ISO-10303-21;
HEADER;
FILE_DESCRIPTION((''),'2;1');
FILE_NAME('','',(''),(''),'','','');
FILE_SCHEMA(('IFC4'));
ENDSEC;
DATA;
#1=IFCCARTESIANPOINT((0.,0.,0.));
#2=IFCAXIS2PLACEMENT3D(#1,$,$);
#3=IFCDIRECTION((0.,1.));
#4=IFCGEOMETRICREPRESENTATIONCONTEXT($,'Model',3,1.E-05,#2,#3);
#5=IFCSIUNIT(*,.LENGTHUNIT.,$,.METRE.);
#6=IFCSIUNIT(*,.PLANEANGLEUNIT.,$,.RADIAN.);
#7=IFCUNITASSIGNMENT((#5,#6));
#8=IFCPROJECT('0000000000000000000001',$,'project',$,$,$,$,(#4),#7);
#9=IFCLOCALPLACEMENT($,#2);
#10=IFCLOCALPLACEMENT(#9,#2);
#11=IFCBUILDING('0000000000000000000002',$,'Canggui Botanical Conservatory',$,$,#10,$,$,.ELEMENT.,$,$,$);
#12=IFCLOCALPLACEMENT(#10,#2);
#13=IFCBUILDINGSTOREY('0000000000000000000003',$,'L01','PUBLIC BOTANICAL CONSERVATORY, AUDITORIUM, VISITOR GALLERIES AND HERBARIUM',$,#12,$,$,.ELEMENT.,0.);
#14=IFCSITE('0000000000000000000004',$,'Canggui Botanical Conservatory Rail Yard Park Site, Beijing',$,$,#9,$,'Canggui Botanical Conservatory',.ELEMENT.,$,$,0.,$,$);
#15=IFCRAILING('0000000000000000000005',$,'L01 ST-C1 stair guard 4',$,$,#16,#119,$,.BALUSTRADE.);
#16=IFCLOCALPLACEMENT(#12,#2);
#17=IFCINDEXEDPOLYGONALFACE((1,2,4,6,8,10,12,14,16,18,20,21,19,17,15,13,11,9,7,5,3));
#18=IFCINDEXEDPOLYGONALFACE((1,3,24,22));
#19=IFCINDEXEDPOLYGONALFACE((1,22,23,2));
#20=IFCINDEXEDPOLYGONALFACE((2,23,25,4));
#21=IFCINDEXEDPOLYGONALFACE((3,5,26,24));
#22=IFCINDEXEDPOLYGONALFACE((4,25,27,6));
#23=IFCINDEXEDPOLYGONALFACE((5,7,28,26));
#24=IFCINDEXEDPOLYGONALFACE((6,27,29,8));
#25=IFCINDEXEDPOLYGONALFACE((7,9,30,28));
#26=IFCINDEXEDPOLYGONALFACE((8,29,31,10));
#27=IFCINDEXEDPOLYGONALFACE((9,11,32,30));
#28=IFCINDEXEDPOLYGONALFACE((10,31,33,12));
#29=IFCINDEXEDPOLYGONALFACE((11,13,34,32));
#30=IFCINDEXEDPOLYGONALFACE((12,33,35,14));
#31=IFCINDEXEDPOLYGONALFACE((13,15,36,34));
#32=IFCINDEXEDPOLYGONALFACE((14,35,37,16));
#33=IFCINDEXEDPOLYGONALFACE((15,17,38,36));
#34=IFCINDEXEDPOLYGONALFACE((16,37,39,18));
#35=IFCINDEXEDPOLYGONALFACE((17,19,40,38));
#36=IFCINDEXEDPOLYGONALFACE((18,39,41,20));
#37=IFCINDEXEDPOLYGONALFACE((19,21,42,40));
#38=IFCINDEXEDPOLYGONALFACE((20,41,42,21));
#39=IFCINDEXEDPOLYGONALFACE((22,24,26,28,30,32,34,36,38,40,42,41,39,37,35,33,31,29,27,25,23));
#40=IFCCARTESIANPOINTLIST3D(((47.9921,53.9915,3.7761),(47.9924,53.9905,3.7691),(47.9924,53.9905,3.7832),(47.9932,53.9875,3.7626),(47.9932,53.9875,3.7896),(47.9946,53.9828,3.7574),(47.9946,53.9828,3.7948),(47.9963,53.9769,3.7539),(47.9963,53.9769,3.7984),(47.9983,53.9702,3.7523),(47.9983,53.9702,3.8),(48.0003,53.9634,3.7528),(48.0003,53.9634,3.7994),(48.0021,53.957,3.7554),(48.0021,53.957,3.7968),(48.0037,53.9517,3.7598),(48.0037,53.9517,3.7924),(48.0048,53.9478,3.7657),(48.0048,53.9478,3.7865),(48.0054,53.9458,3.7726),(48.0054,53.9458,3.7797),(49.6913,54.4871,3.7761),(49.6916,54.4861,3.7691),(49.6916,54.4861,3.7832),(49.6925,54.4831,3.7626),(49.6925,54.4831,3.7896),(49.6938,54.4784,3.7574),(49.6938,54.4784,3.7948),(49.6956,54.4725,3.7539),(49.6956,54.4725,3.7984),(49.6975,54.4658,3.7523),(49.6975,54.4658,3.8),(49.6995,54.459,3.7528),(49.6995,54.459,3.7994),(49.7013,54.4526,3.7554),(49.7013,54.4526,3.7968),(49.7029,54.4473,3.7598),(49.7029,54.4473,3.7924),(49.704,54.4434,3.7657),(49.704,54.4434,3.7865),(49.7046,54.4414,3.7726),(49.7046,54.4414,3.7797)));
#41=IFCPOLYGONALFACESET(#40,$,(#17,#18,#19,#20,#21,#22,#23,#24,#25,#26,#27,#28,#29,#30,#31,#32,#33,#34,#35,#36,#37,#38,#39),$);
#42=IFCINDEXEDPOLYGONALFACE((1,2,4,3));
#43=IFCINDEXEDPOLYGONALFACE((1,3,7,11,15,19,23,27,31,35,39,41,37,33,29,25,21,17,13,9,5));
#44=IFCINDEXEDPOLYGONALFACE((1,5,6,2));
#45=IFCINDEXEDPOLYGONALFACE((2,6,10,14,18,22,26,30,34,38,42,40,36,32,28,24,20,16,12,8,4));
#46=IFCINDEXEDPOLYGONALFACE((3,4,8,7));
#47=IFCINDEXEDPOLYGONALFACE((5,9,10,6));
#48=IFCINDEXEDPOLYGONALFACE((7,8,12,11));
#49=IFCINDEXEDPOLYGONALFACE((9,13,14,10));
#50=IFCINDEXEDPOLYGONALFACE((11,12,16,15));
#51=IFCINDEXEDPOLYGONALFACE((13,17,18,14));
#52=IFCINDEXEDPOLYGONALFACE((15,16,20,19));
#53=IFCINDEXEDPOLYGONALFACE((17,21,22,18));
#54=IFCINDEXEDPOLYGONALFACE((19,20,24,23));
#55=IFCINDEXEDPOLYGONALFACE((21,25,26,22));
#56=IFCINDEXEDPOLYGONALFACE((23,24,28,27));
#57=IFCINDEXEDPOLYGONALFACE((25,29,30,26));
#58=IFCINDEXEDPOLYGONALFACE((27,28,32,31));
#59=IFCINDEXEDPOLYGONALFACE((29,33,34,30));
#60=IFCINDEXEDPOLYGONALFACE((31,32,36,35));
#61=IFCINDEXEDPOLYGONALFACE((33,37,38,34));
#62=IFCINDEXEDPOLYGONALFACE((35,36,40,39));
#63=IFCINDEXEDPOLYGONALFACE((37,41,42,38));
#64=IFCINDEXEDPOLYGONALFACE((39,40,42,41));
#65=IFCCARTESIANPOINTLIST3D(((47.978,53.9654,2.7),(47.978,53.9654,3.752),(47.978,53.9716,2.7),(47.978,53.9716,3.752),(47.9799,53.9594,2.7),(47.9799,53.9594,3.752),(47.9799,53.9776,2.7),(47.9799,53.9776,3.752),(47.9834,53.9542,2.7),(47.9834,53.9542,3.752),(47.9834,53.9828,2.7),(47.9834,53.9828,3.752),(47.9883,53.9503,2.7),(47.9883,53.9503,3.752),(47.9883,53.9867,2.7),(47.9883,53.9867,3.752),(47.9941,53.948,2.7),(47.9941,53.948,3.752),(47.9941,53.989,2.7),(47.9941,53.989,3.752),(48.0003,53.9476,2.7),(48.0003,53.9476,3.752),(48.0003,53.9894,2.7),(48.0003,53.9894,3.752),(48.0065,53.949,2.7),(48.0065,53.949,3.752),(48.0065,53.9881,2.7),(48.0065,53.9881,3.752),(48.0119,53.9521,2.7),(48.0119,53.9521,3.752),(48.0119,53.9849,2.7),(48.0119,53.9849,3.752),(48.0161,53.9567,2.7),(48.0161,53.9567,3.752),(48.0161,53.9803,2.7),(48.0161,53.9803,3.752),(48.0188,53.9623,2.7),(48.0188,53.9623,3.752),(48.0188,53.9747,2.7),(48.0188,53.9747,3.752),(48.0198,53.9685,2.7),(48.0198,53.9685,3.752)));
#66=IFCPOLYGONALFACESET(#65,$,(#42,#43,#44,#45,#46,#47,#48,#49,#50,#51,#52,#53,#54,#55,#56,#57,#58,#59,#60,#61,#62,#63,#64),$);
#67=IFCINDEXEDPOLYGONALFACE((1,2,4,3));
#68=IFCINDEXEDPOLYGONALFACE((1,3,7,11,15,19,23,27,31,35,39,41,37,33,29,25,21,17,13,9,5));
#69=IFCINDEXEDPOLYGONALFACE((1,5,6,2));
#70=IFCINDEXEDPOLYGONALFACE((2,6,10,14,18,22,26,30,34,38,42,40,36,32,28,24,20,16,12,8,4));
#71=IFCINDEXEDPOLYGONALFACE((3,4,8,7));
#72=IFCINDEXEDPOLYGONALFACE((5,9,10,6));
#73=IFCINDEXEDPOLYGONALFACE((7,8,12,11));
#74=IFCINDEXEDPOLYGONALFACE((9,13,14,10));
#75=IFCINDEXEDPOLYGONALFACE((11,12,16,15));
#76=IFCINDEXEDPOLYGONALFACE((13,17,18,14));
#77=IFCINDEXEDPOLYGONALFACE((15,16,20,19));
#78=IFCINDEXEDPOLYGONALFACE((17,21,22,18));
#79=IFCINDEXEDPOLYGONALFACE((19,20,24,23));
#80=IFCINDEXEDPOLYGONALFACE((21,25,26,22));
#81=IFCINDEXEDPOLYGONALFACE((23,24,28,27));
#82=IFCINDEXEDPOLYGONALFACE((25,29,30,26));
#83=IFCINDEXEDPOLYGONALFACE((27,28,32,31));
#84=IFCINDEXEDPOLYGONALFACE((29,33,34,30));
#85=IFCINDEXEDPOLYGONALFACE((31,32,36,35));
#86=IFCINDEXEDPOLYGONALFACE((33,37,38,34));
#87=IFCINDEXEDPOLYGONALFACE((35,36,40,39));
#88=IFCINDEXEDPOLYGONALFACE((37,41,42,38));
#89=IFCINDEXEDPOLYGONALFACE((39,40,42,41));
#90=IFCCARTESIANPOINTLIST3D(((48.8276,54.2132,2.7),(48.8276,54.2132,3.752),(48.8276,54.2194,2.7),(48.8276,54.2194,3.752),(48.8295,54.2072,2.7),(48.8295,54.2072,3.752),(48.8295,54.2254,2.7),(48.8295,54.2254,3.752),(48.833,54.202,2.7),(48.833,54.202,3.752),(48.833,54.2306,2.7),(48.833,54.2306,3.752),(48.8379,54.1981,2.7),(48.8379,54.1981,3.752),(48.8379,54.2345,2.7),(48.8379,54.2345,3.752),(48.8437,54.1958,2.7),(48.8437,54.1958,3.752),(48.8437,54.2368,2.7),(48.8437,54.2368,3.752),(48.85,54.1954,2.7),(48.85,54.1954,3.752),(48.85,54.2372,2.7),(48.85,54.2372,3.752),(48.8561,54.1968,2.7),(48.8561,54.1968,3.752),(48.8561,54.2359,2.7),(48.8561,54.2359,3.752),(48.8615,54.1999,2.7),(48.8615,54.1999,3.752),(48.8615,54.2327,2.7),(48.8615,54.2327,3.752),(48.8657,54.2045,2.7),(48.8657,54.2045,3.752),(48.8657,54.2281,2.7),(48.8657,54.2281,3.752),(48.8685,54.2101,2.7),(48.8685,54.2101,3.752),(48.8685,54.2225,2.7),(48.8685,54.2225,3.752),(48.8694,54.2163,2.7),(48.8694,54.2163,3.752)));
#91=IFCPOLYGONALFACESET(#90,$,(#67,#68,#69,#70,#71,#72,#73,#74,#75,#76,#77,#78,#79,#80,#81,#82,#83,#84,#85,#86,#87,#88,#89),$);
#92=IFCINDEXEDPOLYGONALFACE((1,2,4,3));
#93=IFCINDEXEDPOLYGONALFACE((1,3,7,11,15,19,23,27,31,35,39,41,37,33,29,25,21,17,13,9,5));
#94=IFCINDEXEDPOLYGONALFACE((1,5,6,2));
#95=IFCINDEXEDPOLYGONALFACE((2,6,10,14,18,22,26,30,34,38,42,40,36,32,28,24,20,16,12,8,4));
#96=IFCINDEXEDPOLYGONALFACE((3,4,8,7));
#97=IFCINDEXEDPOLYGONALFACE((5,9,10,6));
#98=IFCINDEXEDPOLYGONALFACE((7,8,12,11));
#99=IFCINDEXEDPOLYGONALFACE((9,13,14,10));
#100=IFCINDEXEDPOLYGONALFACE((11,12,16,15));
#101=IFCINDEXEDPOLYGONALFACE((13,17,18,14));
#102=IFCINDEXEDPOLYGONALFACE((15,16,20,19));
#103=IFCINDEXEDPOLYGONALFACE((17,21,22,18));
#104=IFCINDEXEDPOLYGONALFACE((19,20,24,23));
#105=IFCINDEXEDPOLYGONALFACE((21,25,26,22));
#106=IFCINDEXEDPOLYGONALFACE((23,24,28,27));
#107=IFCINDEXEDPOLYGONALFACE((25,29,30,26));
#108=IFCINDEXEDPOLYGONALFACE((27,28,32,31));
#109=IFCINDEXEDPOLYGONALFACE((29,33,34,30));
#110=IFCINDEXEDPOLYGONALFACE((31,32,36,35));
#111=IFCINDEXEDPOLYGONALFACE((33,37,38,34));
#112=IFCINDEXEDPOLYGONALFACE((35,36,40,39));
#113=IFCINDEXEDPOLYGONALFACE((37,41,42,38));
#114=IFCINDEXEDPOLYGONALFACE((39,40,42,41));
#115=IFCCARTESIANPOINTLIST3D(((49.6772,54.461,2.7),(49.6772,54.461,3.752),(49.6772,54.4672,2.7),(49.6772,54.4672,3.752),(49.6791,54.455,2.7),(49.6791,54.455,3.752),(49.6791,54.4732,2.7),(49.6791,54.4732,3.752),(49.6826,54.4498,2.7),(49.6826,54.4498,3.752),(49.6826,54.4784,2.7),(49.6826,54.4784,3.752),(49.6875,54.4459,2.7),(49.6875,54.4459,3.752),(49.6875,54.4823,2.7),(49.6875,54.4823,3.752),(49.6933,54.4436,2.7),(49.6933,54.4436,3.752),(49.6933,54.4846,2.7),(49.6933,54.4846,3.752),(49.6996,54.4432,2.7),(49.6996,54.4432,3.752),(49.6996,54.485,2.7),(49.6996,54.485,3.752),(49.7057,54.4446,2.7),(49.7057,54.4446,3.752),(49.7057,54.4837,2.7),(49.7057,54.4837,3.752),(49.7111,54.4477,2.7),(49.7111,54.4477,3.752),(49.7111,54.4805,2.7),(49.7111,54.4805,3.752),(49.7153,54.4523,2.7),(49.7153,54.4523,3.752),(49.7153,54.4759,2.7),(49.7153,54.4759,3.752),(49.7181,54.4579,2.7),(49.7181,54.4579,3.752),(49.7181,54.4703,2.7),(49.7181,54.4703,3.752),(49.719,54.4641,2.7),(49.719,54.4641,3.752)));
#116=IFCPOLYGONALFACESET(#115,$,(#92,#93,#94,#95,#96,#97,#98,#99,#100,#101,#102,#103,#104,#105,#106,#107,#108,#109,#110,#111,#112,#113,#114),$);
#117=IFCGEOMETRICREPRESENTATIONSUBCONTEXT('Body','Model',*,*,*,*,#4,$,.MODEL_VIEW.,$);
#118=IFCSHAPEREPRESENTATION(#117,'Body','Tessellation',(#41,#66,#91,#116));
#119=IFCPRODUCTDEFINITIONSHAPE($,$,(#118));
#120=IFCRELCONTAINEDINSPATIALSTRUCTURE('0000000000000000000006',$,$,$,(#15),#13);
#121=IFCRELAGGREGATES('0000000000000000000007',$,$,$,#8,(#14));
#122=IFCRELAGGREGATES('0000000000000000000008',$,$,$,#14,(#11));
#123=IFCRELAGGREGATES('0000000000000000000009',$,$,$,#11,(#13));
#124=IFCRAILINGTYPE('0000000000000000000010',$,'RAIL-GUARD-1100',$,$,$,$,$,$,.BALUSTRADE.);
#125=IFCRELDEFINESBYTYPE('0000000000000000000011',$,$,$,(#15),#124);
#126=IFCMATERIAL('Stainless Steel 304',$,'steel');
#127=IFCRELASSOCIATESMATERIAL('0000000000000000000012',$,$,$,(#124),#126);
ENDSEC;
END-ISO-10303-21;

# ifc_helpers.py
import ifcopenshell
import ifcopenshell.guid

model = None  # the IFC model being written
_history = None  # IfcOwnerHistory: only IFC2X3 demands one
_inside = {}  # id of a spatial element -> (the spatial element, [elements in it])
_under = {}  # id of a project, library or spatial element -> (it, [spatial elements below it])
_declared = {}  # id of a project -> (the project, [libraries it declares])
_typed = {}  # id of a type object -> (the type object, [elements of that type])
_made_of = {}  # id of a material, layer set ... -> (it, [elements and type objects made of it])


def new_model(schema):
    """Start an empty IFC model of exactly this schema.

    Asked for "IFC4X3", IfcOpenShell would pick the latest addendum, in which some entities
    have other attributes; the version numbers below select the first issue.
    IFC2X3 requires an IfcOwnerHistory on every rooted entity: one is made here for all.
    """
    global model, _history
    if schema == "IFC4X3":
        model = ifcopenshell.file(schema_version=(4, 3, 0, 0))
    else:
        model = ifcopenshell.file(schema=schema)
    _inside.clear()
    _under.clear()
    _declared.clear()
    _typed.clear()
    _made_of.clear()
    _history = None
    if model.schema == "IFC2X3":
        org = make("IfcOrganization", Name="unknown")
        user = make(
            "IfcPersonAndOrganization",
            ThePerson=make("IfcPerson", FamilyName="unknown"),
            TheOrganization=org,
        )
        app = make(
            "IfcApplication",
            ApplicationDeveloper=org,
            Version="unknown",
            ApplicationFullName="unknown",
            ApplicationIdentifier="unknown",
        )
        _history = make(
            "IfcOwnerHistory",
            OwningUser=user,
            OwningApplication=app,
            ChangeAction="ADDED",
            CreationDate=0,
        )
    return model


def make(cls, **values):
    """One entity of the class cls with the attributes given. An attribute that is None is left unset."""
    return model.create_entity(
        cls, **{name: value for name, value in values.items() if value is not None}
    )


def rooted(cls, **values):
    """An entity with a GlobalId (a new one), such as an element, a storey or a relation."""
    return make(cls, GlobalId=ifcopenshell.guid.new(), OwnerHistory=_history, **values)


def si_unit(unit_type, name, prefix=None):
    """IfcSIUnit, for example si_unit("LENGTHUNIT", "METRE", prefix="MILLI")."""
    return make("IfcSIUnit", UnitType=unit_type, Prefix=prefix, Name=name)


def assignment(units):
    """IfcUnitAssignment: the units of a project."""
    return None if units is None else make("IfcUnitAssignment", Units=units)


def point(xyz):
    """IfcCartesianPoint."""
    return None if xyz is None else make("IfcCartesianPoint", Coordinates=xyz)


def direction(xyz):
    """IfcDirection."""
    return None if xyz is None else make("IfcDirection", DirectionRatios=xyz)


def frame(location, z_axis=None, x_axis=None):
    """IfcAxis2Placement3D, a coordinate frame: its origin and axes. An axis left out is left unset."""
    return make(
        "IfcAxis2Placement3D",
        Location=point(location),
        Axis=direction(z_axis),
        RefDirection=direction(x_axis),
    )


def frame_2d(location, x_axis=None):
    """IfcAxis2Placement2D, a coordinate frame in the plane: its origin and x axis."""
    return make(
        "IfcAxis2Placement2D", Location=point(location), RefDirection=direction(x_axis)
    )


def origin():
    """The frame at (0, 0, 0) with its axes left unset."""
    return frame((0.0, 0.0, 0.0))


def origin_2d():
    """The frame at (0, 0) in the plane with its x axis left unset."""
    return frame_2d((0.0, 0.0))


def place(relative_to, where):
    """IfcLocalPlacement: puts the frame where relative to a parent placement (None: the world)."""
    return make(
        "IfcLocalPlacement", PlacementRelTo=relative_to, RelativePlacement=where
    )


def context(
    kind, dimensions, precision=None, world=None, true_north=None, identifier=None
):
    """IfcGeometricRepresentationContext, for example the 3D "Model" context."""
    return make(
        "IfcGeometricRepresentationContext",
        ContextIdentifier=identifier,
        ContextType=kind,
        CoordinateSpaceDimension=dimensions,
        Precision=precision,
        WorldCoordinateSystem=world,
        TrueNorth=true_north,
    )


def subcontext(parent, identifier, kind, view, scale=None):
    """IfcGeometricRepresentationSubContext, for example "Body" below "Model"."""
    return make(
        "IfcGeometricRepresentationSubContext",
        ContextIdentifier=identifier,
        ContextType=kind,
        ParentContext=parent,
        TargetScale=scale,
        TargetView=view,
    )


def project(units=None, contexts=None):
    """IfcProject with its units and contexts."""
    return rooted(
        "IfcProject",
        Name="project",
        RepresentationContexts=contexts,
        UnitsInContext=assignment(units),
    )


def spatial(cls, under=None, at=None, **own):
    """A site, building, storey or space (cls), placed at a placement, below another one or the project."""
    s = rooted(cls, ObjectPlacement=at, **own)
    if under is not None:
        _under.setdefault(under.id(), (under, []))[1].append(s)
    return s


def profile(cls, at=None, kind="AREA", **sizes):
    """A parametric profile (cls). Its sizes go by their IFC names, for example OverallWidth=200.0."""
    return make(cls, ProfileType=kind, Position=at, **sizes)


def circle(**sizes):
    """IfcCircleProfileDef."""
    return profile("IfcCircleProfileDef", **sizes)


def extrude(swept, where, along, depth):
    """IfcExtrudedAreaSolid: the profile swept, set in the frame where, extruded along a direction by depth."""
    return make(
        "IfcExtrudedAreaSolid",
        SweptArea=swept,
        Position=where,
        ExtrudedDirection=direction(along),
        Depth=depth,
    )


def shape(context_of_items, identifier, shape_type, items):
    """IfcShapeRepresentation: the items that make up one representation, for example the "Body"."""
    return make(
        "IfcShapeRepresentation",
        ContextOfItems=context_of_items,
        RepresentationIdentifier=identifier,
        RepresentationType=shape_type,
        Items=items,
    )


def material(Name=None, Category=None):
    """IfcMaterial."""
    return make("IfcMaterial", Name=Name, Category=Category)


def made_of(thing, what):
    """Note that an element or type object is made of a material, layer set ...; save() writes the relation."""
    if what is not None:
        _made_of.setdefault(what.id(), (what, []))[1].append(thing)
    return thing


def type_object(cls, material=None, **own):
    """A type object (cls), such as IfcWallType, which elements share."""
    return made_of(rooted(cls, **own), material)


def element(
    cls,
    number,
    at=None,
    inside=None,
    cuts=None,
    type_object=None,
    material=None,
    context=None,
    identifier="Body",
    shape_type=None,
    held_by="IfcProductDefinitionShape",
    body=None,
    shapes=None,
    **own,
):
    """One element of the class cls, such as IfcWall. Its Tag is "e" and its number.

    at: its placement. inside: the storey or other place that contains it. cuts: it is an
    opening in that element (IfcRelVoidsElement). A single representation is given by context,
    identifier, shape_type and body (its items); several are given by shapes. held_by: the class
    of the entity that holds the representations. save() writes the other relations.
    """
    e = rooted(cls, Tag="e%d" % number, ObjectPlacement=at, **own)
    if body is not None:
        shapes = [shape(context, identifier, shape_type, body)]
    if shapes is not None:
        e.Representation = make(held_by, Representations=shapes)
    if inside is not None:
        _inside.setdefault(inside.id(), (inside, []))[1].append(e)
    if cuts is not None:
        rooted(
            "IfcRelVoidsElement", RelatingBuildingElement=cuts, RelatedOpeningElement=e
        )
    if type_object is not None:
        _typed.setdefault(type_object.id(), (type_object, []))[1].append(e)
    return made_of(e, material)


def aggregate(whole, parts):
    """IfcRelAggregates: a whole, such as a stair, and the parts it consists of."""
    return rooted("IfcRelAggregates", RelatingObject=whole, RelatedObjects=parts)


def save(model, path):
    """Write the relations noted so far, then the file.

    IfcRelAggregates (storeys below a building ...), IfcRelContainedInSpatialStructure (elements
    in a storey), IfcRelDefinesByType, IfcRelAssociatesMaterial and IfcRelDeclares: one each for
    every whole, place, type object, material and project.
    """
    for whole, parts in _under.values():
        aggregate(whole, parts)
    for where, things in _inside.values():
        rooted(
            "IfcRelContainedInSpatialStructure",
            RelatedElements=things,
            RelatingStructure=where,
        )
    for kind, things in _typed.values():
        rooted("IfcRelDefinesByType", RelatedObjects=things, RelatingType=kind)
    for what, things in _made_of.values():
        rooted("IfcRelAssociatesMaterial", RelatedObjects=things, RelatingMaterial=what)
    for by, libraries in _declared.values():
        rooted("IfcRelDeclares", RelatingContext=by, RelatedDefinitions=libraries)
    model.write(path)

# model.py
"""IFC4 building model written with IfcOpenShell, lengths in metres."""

from ifc_helpers import new_model, si_unit, direction, frame, origin, origin_2d, place, context, subcontext, project, spatial, circle, extrude, material, type_object, element, save


model = new_model("IFC4")

# Units and contexts
model_context = context("Model", 3, precision=1e-05, world=origin(), true_north=direction((0.0, 1.0)))
body_context = subcontext(model_context, "Body", "Model", "MODEL_VIEW")
ifc_project = project(units=[si_unit("LENGTHUNIT", "METRE"), si_unit("PLANEANGLEUNIT", "RADIAN")], contexts=[model_context])

# Site, building, storey
site_placement = place(None, origin())
site = spatial("IfcSite", under=ifc_project, at=site_placement, Name="Canggui Botanical Conservatory Rail Yard Park Site, Beijing", LongName="Canggui Botanical Conservatory", CompositionType="ELEMENT", RefElevation=0.0)
building_placement = place(site_placement, origin())
building = spatial("IfcBuilding", under=site, at=building_placement, Name="Canggui Botanical Conservatory", CompositionType="ELEMENT")
storey_placement = place(building_placement, origin())
storey = spatial("IfcBuildingStorey", under=building, at=storey_placement, Name="L01", Description="PUBLIC BOTANICAL CONSERVATORY, AUDITORIUM, VISITOR GALLERIES AND HERBARIUM", CompositionType="ELEMENT", Elevation=0.0)

# Railing
ifc_material_1 = material(Name="Stainless Steel 304", Category="steel")
railing_type_1 = type_object("IfcRailingType", Name="RAIL-GUARD-1100", PredefinedType="BALUSTRADE", material=ifc_material_1)
for number, where, name in (
    (1, (47.9988, 53.9685, 2.7), "L01 ST-C1 stair guard 4"),
):
    element("IfcRailing", number, at=place(storey_placement, frame(where)), inside=storey, type_object=railing_type_1, Name=name, PredefinedType="BALUSTRADE", context=body_context, shape_type="SweptSolid", body=[
        extrude(circle(Radius=0.0239, at=origin_2d()), frame((0.0, 0.0, 1.0762), z_axis=(0.96, 0.28, 0.0), x_axis=(-0.28, 0.96, 0.0)), (0.0, 0.0, 1.0), 1.77),
        extrude(circle(Radius=0.021, at=origin_2d()), origin(), (0.0, 0.0, 1.0), 1.052),
        extrude(circle(Radius=0.021, at=origin_2d()), frame((0.8496, 0.2478, 0.0)), (0.0, 0.0, 1.0), 1.052),
        extrude(circle(Radius=0.021, at=origin_2d()), frame((1.6992, 0.4956, 0.0)), (0.0, 0.0, 1.0), 1.052),
    ])

save(model, "model.ifc")
